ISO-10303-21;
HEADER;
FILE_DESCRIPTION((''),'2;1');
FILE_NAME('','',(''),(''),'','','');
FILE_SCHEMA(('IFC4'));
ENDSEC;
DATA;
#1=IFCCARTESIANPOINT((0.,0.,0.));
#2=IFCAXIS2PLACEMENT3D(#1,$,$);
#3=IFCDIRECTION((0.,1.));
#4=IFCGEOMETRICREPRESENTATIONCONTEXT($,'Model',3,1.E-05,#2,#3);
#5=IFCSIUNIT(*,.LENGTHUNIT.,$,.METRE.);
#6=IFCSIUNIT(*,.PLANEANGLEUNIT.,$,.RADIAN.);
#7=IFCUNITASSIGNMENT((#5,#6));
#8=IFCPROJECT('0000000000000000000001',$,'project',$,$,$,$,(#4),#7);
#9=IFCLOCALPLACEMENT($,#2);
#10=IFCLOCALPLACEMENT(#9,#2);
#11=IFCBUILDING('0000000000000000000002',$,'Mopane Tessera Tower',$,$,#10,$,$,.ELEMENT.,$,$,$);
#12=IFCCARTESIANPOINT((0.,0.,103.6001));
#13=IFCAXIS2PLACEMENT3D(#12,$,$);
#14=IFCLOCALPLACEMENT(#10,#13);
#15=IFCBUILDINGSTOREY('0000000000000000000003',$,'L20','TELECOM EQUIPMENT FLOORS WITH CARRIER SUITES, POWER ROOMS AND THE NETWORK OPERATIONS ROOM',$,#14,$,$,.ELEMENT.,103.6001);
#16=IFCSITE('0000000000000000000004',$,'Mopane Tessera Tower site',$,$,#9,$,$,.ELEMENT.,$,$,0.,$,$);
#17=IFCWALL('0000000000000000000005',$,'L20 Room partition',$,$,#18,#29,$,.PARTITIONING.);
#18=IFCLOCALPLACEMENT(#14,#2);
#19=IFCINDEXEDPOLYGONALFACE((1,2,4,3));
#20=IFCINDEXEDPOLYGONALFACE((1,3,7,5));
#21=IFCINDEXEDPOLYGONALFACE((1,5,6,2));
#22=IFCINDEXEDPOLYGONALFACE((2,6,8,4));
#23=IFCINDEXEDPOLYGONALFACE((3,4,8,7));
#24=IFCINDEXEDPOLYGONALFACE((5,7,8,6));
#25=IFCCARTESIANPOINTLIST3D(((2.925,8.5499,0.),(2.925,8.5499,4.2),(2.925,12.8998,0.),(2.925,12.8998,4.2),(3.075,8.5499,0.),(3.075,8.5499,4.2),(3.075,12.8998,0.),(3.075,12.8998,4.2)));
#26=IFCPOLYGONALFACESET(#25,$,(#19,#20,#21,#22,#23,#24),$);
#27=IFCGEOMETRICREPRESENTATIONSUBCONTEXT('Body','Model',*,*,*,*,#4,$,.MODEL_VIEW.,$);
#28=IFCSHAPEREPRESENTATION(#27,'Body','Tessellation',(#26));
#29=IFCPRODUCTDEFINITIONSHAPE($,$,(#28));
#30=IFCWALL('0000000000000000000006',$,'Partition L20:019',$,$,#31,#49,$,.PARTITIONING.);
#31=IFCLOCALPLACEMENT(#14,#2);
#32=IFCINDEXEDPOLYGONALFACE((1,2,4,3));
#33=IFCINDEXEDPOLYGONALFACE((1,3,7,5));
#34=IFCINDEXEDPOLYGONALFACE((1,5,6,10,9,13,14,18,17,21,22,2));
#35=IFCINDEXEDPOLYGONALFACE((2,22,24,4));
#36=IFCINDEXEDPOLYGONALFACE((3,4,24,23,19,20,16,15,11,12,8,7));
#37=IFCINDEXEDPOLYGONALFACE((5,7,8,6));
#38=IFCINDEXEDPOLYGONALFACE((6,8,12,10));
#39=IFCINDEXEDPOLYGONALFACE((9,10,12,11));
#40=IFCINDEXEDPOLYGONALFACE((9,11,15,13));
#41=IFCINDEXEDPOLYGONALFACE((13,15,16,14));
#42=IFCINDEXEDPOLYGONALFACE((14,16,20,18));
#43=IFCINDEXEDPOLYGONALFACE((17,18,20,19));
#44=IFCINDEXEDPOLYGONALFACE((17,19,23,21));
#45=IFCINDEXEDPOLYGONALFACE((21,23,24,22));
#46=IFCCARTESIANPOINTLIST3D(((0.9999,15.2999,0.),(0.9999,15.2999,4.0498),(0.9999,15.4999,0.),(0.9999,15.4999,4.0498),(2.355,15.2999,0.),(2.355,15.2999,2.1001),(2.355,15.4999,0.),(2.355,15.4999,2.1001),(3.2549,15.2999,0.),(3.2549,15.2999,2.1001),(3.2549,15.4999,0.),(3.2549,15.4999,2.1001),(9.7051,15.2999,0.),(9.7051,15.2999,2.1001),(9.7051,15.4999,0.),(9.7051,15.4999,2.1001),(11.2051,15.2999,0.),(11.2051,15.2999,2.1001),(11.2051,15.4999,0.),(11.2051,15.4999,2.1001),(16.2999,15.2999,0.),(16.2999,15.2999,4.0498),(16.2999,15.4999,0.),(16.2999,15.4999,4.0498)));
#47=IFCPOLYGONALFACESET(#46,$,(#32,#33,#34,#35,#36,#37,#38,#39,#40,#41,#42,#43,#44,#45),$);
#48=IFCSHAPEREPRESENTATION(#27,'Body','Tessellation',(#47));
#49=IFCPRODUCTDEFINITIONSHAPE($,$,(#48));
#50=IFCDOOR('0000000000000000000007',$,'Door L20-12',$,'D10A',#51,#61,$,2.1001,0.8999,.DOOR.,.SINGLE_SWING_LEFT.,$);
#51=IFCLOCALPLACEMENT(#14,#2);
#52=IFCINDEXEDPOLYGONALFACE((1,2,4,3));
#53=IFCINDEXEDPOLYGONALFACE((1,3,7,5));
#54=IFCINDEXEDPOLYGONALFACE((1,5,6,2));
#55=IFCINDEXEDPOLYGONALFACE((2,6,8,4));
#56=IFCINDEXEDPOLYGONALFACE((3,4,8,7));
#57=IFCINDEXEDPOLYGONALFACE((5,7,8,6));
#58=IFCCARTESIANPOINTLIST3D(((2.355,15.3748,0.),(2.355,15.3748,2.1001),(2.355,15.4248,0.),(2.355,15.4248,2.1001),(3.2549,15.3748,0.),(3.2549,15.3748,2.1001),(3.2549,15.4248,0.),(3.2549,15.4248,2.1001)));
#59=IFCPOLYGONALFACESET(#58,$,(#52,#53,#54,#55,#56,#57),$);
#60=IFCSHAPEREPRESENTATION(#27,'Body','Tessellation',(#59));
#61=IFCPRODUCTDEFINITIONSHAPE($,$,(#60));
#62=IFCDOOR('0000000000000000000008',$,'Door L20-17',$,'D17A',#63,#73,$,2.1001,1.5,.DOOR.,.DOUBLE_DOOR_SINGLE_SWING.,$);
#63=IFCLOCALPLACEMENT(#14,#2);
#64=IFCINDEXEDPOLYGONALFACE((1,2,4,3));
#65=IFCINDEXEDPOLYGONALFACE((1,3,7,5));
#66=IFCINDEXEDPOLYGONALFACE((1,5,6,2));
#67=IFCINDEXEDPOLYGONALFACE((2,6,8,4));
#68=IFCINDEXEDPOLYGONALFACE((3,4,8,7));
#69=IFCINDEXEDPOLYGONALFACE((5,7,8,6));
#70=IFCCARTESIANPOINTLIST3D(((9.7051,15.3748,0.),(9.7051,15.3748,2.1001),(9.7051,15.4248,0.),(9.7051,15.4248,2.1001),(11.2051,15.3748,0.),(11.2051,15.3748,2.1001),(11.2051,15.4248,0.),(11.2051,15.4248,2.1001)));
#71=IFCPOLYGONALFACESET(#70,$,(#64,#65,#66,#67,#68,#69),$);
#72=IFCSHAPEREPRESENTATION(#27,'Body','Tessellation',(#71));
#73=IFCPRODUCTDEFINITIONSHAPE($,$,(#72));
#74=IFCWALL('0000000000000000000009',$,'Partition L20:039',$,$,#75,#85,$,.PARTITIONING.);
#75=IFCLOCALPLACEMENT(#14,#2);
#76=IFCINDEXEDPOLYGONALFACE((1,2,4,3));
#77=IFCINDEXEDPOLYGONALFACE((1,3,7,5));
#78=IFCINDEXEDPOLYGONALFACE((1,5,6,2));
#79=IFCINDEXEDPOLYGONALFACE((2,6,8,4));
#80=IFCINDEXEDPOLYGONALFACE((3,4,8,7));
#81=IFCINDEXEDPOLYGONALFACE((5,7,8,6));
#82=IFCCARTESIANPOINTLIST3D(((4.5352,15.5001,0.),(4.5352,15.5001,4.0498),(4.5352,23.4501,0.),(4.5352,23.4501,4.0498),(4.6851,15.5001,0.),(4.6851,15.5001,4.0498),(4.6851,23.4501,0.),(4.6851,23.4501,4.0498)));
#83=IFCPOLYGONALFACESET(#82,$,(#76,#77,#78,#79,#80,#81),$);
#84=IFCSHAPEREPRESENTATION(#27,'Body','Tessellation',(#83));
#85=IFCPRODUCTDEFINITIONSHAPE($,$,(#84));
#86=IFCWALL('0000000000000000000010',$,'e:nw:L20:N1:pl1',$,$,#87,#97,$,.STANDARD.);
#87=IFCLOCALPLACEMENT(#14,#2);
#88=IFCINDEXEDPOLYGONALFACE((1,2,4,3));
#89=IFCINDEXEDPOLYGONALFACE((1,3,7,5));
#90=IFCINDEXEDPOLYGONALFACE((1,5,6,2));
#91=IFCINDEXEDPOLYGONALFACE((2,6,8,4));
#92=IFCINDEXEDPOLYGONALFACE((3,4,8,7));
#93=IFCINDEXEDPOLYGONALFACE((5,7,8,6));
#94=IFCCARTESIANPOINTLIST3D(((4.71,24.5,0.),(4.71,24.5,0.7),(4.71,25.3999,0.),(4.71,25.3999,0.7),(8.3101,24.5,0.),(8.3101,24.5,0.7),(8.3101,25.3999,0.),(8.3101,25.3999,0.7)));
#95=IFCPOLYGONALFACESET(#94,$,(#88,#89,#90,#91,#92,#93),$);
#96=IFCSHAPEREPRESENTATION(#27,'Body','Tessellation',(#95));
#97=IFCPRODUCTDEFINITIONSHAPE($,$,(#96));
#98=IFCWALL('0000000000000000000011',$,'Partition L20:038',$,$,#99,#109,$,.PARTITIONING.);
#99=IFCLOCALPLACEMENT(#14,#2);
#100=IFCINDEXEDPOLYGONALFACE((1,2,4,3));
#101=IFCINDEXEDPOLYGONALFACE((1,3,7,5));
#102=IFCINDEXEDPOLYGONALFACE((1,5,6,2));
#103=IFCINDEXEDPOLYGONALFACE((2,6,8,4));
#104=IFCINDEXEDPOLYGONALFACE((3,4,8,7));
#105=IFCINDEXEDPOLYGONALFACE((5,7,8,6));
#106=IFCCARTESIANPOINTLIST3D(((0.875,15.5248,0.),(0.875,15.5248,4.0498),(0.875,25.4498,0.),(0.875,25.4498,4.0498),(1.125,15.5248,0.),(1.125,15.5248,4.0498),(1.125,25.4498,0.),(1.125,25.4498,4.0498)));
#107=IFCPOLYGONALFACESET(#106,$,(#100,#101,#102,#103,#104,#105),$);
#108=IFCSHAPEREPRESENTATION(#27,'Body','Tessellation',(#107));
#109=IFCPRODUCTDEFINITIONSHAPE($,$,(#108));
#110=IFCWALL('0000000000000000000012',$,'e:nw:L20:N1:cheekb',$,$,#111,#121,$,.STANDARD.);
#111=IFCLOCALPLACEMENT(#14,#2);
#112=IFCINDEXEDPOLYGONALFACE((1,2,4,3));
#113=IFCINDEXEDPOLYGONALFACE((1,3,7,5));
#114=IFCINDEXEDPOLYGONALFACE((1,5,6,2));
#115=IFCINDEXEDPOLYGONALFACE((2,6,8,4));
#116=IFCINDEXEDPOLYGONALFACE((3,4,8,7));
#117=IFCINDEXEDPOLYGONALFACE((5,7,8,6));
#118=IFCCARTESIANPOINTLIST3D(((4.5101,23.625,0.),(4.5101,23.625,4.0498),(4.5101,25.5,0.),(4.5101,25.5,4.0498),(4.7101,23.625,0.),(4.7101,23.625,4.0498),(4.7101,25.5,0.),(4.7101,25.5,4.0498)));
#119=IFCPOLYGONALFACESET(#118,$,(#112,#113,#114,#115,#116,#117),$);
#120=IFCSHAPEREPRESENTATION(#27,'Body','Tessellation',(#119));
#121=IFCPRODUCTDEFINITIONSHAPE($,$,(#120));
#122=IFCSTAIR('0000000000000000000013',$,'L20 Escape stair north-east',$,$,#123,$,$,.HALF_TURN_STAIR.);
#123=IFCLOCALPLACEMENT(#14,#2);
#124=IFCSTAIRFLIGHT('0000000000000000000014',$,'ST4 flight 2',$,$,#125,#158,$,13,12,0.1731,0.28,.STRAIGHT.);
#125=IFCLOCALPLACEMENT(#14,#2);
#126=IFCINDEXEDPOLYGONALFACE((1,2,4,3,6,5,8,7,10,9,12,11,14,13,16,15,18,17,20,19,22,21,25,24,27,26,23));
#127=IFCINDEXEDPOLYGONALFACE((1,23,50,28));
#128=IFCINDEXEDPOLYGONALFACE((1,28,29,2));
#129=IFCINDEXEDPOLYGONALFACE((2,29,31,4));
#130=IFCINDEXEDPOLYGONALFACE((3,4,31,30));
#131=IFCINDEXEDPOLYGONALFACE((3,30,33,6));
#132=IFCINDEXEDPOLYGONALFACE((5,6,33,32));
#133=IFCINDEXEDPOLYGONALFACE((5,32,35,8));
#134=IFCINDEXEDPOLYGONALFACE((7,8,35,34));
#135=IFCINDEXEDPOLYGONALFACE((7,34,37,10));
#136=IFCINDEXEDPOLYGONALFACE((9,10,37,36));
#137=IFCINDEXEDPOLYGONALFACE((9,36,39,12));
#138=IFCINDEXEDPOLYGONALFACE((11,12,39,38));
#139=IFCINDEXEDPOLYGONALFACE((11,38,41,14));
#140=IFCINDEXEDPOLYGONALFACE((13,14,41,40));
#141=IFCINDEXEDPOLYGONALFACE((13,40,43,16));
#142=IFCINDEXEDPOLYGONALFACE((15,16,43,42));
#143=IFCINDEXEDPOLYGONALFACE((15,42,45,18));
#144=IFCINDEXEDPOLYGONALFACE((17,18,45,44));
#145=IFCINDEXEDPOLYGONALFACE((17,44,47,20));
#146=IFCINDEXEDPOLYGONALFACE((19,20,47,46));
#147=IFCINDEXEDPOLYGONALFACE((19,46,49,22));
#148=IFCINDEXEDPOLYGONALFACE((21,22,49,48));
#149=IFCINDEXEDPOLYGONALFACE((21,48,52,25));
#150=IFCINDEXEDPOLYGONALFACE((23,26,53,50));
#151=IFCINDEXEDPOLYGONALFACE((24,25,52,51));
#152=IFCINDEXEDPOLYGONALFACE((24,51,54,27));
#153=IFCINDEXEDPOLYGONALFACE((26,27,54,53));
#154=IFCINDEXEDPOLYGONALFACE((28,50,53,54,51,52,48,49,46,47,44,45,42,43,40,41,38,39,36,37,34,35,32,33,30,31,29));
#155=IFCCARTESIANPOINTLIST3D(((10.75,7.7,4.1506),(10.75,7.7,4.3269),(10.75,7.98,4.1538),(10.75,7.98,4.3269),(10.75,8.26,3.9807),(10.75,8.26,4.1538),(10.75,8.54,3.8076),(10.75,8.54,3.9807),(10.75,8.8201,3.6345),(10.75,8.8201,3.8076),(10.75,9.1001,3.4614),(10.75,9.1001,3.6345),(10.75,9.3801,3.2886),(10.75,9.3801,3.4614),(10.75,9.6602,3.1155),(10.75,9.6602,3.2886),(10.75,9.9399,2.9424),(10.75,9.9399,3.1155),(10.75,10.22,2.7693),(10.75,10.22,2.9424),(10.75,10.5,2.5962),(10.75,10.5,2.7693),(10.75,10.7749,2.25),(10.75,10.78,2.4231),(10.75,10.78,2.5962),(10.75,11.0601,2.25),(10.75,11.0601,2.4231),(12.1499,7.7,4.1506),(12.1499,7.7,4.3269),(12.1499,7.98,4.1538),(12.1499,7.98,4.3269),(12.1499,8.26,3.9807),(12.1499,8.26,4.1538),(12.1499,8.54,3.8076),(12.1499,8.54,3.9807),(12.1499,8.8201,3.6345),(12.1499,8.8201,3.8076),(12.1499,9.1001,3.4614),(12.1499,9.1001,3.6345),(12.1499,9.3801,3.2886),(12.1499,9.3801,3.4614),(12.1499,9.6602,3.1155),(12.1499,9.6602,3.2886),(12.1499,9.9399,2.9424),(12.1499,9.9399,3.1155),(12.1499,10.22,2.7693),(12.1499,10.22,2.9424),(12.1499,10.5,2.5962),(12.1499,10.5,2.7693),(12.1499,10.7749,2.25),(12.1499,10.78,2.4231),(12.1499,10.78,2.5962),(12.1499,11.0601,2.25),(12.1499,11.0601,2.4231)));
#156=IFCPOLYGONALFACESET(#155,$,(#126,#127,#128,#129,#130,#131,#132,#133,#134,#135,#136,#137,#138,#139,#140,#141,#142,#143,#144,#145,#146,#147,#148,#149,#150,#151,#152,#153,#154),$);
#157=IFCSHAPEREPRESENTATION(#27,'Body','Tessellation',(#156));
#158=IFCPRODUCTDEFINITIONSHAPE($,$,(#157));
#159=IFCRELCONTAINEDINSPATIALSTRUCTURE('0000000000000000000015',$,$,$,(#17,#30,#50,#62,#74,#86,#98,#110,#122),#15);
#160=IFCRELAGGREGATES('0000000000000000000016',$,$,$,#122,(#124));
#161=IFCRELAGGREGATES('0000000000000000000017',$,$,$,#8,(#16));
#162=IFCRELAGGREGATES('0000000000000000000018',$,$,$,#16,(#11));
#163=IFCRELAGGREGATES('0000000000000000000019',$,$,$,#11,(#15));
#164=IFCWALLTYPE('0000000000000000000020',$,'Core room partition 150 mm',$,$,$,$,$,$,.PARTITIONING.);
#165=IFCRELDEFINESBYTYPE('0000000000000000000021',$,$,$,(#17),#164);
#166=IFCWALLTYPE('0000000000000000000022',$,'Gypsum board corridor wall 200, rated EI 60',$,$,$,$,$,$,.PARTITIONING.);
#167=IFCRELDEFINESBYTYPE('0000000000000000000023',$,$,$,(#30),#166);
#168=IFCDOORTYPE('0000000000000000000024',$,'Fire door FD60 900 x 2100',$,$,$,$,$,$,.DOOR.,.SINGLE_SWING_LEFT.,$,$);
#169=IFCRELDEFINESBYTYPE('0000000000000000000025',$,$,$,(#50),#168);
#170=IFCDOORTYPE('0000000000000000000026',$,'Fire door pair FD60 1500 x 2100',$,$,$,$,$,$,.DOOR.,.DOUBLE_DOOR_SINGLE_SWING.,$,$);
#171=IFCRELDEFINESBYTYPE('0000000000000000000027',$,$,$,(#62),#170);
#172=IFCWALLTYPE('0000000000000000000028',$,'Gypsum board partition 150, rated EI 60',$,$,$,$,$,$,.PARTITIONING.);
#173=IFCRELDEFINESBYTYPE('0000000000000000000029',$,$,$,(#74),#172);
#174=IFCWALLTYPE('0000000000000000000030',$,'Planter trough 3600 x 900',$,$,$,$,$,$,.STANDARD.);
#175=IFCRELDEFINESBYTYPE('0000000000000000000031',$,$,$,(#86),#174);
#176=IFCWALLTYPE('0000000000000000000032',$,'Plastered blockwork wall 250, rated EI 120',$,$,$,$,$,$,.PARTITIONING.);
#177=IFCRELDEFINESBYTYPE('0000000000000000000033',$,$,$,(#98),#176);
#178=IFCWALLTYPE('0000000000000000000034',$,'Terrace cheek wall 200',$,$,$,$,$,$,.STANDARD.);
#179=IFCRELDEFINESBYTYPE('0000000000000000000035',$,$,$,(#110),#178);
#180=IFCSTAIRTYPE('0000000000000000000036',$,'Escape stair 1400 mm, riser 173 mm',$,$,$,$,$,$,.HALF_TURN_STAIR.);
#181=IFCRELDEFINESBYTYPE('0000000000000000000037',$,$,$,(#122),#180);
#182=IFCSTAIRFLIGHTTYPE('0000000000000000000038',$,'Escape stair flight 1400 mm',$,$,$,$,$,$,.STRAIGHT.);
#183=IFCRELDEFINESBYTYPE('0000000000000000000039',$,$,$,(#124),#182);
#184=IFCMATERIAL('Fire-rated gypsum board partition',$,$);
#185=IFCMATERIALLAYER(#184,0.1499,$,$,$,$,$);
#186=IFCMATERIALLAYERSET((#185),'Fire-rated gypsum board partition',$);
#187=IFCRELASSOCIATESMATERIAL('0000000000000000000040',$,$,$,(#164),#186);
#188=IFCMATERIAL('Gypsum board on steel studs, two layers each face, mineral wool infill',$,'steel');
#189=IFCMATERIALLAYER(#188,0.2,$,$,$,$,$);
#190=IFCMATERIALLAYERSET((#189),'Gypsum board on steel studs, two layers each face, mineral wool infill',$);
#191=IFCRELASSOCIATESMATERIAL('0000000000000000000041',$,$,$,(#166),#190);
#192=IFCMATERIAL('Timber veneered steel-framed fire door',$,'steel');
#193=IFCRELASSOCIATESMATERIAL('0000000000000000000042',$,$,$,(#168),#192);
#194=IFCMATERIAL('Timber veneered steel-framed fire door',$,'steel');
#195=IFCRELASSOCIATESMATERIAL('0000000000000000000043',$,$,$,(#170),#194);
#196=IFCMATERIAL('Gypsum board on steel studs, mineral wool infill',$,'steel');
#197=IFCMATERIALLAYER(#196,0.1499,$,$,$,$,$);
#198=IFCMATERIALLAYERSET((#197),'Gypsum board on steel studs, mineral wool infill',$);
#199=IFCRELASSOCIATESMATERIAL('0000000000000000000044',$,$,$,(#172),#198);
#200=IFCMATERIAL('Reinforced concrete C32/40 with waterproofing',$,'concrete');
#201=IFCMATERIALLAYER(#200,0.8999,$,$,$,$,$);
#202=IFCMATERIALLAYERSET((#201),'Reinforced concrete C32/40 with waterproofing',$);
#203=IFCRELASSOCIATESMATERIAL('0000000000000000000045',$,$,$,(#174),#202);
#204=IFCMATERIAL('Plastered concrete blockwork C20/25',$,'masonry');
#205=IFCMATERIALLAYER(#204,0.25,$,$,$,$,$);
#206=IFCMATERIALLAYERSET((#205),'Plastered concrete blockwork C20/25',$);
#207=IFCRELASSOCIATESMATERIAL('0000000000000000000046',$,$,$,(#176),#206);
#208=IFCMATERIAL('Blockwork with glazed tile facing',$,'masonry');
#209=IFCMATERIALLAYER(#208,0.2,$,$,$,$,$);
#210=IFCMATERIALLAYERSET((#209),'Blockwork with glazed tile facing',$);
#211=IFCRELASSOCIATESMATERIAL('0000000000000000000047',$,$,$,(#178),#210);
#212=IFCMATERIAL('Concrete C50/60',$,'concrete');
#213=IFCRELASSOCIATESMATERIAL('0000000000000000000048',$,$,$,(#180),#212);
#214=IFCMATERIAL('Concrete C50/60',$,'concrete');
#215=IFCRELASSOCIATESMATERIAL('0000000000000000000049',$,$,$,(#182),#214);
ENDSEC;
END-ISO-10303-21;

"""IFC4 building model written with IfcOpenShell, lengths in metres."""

from ifc_helpers import new_model, si_unit, direction, frame, frame_2d, origin, place, context, subcontext, project, spatial, polyline, rectangle, outline, extrude, material, layer, layer_set, type_object, element, fill, aggregate, save


model = new_model("IFC4")

# Units and contexts
model_context = context("Model", 3, precision=1e-05, world=origin(), true_north=direction((0.0, 1.0)))
body_context = subcontext(model_context, "Body", "Model", "MODEL_VIEW")
ifc_project = project(units=[si_unit("LENGTHUNIT", "METRE"), si_unit("PLANEANGLEUNIT", "RADIAN")], contexts=[model_context])

# Site, building, storey
site_placement = place(None, origin())
site = spatial("IfcSite", under=ifc_project, at=site_placement, Name="Mopane Tessera Tower site", CompositionType="ELEMENT", RefElevation=0.0)
building_placement = place(site_placement, origin())
building = spatial("IfcBuilding", under=site, at=building_placement, Name="Mopane Tessera Tower", CompositionType="ELEMENT")
storey_placement = place(building_placement, frame((0.0, 0.0, 103.6001)))
storey = spatial("IfcBuildingStorey", under=building, at=storey_placement, Name="L20", Description="TELECOM EQUIPMENT FLOORS WITH CARRIER SUITES, POWER ROOMS AND THE NETWORK OPERATIONS ROOM", CompositionType="ELEMENT", Elevation=103.6001)

# Wall
ifc_material_1 = material(Name="Fire-rated gypsum board partition")
ifc_layer_1 = layer(ifc_material_1, 0.1499)
ifc_layer_set_1 = layer_set([ifc_layer_1], Name="Fire-rated gypsum board partition")
wall_type_1 = type_object("IfcWallType", Name="Core room partition 150 mm", PredefinedType="PARTITIONING", material=ifc_layer_set_1)
wall_1_placement = place(storey_placement, frame((3.0, 8.55, 0.0), z_axis=(0.0, 0.0, 1.0), x_axis=(0.0, 1.0, 0.0)))
element("IfcWall", 1, at=wall_1_placement, inside=storey, type_object=wall_type_1, Name="L20 Room partition", PredefinedType="PARTITIONING", context=body_context, shape_type="SweptSolid", body=[
    extrude(rectangle(XDim=4.3499, YDim=0.1499, at=frame_2d((2.1748, 0.0))), origin(), (0.0, 0.0, 1.0), 4.2),
])

# Wall, openings, doors
ifc_material_2 = material(Name="Gypsum board on steel studs, two layers each face, mineral wool infill", Category="steel")
ifc_layer_2 = layer(ifc_material_2, 0.2)
ifc_layer_set_2 = layer_set([ifc_layer_2], Name="Gypsum board on steel studs, two layers each face, mineral wool infill")
wall_type_2 = type_object("IfcWallType", Name="Gypsum board corridor wall 200, rated EI 60", PredefinedType="PARTITIONING", material=ifc_layer_set_2)
wall_2_placement = place(storey_placement, frame((1.0, 15.3999, 0.0), z_axis=(0.0, 0.0, 1.0), x_axis=(1.0, 0.0, 0.0)))
wall_2 = element("IfcWall", 2, at=wall_2_placement, inside=storey, type_object=wall_type_2, Name="Partition L20:019", PredefinedType="PARTITIONING", context=body_context, shape_type="SweptSolid", body=[
    extrude(rectangle(XDim=15.3, YDim=0.2, at=frame_2d((7.6499, 0.0))), origin(), (0.0, 0.0, 1.0), 4.0498),
])
opening_1_placement = place(wall_2_placement, frame((1.355, 0.0, 0.0)))
opening_1 = element("IfcOpeningElement", 3, at=opening_1_placement, cuts=wall_2, PredefinedType="OPENING", context=body_context, shape_type="SweptSolid", body=[
    extrude(rectangle(XDim=0.8999, YDim=2.1001, at=frame_2d((0.45, 1.05))), frame((0.0, 0.1121, 0.0), z_axis=(0.0, -1.0, 0.0), x_axis=(1.0, 0.0, 0.0)), (0.0, 0.0, 1.0), 0.2239),
])
opening_2_placement = place(wall_2_placement, frame((8.7051, 0.0, 0.0)))
opening_2 = element("IfcOpeningElement", 4, at=opening_2_placement, cuts=wall_2, PredefinedType="OPENING", context=body_context, shape_type="SweptSolid", body=[
    extrude(rectangle(XDim=1.5, YDim=2.1001, at=frame_2d((0.75, 1.05))), frame((0.0, 0.1121, 0.0), z_axis=(0.0, -1.0, 0.0), x_axis=(1.0, 0.0, 0.0)), (0.0, 0.0, 1.0), 0.2239),
])
ifc_material_3 = material(Name="Timber veneered steel-framed fire door", Category="steel")
door_type_1 = type_object("IfcDoorType", Name="Fire door FD60 900 x 2100", OperationType="SINGLE_SWING_LEFT", PredefinedType="DOOR", material=ifc_material_3)
door_1_placement = place(opening_1_placement, origin())
door_1 = element("IfcDoor", 5, at=door_1_placement, inside=storey, type_object=door_type_1, Name="Door L20-12", ObjectType="D10A", OperationType="SINGLE_SWING_LEFT", OverallHeight=2.1001, OverallWidth=0.8999, PredefinedType="DOOR", context=body_context, shape_type="SweptSolid", body=[
    extrude(rectangle(XDim=0.8999, YDim=2.1001, at=frame_2d((0.45, 1.05))), frame((0.0, 0.0249, 0.0), z_axis=(0.0, -1.0, 0.0), x_axis=(1.0, 0.0, 0.0)), (0.0, 0.0, 1.0), 0.05),
])
fill(opening_1, door_1)
ifc_material_4 = material(Name="Timber veneered steel-framed fire door", Category="steel")
door_type_2 = type_object("IfcDoorType", Name="Fire door pair FD60 1500 x 2100", OperationType="DOUBLE_DOOR_SINGLE_SWING", PredefinedType="DOOR", material=ifc_material_4)
door_2_placement = place(opening_2_placement, origin())
door_2 = element("IfcDoor", 6, at=door_2_placement, inside=storey, type_object=door_type_2, Name="Door L20-17", ObjectType="D17A", OperationType="DOUBLE_DOOR_SINGLE_SWING", OverallHeight=2.1001, OverallWidth=1.5, PredefinedType="DOOR", context=body_context, shape_type="SweptSolid", body=[
    extrude(rectangle(XDim=1.5, YDim=2.1001, at=frame_2d((0.75, 1.05))), frame((0.0, 0.0249, 0.0), z_axis=(0.0, -1.0, 0.0), x_axis=(1.0, 0.0, 0.0)), (0.0, 0.0, 1.0), 0.05),
])
fill(opening_2, door_2)

# Walls
ifc_material_5 = material(Name="Gypsum board on steel studs, mineral wool infill", Category="steel")
ifc_layer_3 = layer(ifc_material_5, 0.1499)
ifc_layer_set_3 = layer_set([ifc_layer_3], Name="Gypsum board on steel studs, mineral wool infill")
wall_type_3 = type_object("IfcWallType", Name="Gypsum board partition 150, rated EI 60", PredefinedType="PARTITIONING", material=ifc_layer_set_3)
wall_3_placement = place(storey_placement, frame((4.6101, 15.5, 0.0), z_axis=(0.0, 0.0, 1.0), x_axis=(0.0, 1.0, 0.0)))
element("IfcWall", 7, at=wall_3_placement, inside=storey, type_object=wall_type_3, Name="Partition L20:039", PredefinedType="PARTITIONING", context=body_context, shape_type="SweptSolid", body=[
    extrude(rectangle(XDim=7.95, YDim=0.1499, at=frame_2d((3.9751, 0.0))), origin(), (0.0, 0.0, 1.0), 4.0498),
])
ifc_material_6 = material(Name="Reinforced concrete C32/40 with waterproofing", Category="concrete")
ifc_layer_4 = layer(ifc_material_6, 0.8999)
ifc_layer_set_4 = layer_set([ifc_layer_4], Name="Reinforced concrete C32/40 with waterproofing")
wall_type_4 = type_object("IfcWallType", Name="Planter trough 3600 x 900", PredefinedType="STANDARD", material=ifc_layer_set_4)
wall_4_placement = place(storey_placement, frame((8.3101, 24.95, 0.0), z_axis=(0.0, 0.0, 1.0), x_axis=(-1.0, 0.0, 0.0)))
element("IfcWall", 8, at=wall_4_placement, inside=storey, type_object=wall_type_4, Name="e:nw:L20:N1:pl1", PredefinedType="STANDARD", context=body_context, shape_type="SweptSolid", body=[
    extrude(rectangle(XDim=3.6001, YDim=0.8999, at=frame_2d((1.8, 0.0))), origin(), (0.0, 0.0, 1.0), 0.7),
])
ifc_material_7 = material(Name="Plastered concrete blockwork C20/25", Category="masonry")
ifc_layer_5 = layer(ifc_material_7, 0.25)
ifc_layer_set_5 = layer_set([ifc_layer_5], Name="Plastered concrete blockwork C20/25")
wall_type_5 = type_object("IfcWallType", Name="Plastered blockwork wall 250, rated EI 120", PredefinedType="PARTITIONING", material=ifc_layer_set_5)
wall_5_placement = place(storey_placement, frame((1.0, 15.5249, 0.0), z_axis=(0.0, 0.0, 1.0), x_axis=(0.0, 1.0, 0.0)))
element("IfcWall", 9, at=wall_5_placement, inside=storey, type_object=wall_type_5, Name="Partition L20:038", PredefinedType="PARTITIONING", context=body_context, shape_type="SweptSolid", body=[
    extrude(rectangle(XDim=9.925, YDim=0.25, at=frame_2d((4.9624, 0.0))), origin(), (0.0, 0.0, 1.0), 4.0498),
])
ifc_material_8 = material(Name="Blockwork with glazed tile facing", Category="masonry")
ifc_layer_6 = layer(ifc_material_8, 0.2)
ifc_layer_set_6 = layer_set([ifc_layer_6], Name="Blockwork with glazed tile facing")
wall_type_6 = type_object("IfcWallType", Name="Terrace cheek wall 200", PredefinedType="STANDARD", material=ifc_layer_set_6)
wall_6_placement = place(storey_placement, frame((4.6101, 25.5, 0.0), z_axis=(0.0, 0.0, 1.0), x_axis=(0.0, -1.0, 0.0)))
element("IfcWall", 10, at=wall_6_placement, inside=storey, type_object=wall_type_6, Name="e:nw:L20:N1:cheekb", PredefinedType="STANDARD", context=body_context, shape_type="SweptSolid", body=[
    extrude(rectangle(XDim=1.875, YDim=0.2, at=frame_2d((0.9375, 0.0))), origin(), (0.0, 0.0, 1.0), 4.0498),
])

# Stair, stair flight
ifc_material_9 = material(Name="Concrete C50/60", Category="concrete")
stair_type = type_object("IfcStairType", Name="Escape stair 1400 mm, riser 173 mm", PredefinedType="HALF_TURN_STAIR", material=ifc_material_9)
stair_placement = place(storey_placement, origin())
stair = element("IfcStair", 11, at=stair_placement, inside=storey, type_object=stair_type, Name="L20 Escape stair north-east", PredefinedType="HALF_TURN_STAIR")
ifc_material_10 = material(Name="Concrete C50/60", Category="concrete")
stair_flight_type = type_object("IfcStairFlightType", Name="Escape stair flight 1400 mm", PredefinedType="STRAIGHT", material=ifc_material_10)
stair_flight_placement = place(storey_placement, frame((11.45, 11.0601, 2.25), z_axis=(0.0, 0.0, 1.0), x_axis=(0.0, -1.0, 0.0)))
stair_flight = element("IfcStairFlight", 12, at=stair_flight_placement, type_object=stair_flight_type, Name="ST4 flight 2", NumberOfRisers=13, NumberOfTreads=12, PredefinedType="STRAIGHT", RiserHeight=0.1731, TreadLength=0.28, context=body_context, shape_type="SweptSolid", body=[
    extrude(outline(polyline([(0.0, 0.0), (0.0, 0.1731), (0.28, 0.1731), (0.28, 0.3462), (0.5601, 0.3462), (0.5601, 0.5193), (0.8401, 0.5193), (0.8401, 0.6924), (1.1201, 0.6924), (1.1201, 0.8655), (1.3999, 0.8655), (1.3999, 1.0386), (1.6799, 1.0386), (1.6799, 1.2114), (1.96, 1.2114), (1.96, 1.3845), (2.24, 1.3845), (2.24, 1.5576), (2.52, 1.5576), (2.52, 1.7307), (2.8, 1.7307), (2.8, 1.9038), (3.0801, 1.9038), (3.0801, 2.0769), (3.3601, 2.0769), (3.3601, 2.25), (3.3601, 1.9006), (0.2852, 0.0), (0.0, 0.0)])), frame((0.0, 0.7, 0.0), z_axis=(0.0, -1.0, 0.0), x_axis=(1.0, 0.0, 0.0)), (0.0, 0.0, 1.0), 1.3999),
])
aggregate(stair, [stair_flight])

save(model, "model.ifc")
